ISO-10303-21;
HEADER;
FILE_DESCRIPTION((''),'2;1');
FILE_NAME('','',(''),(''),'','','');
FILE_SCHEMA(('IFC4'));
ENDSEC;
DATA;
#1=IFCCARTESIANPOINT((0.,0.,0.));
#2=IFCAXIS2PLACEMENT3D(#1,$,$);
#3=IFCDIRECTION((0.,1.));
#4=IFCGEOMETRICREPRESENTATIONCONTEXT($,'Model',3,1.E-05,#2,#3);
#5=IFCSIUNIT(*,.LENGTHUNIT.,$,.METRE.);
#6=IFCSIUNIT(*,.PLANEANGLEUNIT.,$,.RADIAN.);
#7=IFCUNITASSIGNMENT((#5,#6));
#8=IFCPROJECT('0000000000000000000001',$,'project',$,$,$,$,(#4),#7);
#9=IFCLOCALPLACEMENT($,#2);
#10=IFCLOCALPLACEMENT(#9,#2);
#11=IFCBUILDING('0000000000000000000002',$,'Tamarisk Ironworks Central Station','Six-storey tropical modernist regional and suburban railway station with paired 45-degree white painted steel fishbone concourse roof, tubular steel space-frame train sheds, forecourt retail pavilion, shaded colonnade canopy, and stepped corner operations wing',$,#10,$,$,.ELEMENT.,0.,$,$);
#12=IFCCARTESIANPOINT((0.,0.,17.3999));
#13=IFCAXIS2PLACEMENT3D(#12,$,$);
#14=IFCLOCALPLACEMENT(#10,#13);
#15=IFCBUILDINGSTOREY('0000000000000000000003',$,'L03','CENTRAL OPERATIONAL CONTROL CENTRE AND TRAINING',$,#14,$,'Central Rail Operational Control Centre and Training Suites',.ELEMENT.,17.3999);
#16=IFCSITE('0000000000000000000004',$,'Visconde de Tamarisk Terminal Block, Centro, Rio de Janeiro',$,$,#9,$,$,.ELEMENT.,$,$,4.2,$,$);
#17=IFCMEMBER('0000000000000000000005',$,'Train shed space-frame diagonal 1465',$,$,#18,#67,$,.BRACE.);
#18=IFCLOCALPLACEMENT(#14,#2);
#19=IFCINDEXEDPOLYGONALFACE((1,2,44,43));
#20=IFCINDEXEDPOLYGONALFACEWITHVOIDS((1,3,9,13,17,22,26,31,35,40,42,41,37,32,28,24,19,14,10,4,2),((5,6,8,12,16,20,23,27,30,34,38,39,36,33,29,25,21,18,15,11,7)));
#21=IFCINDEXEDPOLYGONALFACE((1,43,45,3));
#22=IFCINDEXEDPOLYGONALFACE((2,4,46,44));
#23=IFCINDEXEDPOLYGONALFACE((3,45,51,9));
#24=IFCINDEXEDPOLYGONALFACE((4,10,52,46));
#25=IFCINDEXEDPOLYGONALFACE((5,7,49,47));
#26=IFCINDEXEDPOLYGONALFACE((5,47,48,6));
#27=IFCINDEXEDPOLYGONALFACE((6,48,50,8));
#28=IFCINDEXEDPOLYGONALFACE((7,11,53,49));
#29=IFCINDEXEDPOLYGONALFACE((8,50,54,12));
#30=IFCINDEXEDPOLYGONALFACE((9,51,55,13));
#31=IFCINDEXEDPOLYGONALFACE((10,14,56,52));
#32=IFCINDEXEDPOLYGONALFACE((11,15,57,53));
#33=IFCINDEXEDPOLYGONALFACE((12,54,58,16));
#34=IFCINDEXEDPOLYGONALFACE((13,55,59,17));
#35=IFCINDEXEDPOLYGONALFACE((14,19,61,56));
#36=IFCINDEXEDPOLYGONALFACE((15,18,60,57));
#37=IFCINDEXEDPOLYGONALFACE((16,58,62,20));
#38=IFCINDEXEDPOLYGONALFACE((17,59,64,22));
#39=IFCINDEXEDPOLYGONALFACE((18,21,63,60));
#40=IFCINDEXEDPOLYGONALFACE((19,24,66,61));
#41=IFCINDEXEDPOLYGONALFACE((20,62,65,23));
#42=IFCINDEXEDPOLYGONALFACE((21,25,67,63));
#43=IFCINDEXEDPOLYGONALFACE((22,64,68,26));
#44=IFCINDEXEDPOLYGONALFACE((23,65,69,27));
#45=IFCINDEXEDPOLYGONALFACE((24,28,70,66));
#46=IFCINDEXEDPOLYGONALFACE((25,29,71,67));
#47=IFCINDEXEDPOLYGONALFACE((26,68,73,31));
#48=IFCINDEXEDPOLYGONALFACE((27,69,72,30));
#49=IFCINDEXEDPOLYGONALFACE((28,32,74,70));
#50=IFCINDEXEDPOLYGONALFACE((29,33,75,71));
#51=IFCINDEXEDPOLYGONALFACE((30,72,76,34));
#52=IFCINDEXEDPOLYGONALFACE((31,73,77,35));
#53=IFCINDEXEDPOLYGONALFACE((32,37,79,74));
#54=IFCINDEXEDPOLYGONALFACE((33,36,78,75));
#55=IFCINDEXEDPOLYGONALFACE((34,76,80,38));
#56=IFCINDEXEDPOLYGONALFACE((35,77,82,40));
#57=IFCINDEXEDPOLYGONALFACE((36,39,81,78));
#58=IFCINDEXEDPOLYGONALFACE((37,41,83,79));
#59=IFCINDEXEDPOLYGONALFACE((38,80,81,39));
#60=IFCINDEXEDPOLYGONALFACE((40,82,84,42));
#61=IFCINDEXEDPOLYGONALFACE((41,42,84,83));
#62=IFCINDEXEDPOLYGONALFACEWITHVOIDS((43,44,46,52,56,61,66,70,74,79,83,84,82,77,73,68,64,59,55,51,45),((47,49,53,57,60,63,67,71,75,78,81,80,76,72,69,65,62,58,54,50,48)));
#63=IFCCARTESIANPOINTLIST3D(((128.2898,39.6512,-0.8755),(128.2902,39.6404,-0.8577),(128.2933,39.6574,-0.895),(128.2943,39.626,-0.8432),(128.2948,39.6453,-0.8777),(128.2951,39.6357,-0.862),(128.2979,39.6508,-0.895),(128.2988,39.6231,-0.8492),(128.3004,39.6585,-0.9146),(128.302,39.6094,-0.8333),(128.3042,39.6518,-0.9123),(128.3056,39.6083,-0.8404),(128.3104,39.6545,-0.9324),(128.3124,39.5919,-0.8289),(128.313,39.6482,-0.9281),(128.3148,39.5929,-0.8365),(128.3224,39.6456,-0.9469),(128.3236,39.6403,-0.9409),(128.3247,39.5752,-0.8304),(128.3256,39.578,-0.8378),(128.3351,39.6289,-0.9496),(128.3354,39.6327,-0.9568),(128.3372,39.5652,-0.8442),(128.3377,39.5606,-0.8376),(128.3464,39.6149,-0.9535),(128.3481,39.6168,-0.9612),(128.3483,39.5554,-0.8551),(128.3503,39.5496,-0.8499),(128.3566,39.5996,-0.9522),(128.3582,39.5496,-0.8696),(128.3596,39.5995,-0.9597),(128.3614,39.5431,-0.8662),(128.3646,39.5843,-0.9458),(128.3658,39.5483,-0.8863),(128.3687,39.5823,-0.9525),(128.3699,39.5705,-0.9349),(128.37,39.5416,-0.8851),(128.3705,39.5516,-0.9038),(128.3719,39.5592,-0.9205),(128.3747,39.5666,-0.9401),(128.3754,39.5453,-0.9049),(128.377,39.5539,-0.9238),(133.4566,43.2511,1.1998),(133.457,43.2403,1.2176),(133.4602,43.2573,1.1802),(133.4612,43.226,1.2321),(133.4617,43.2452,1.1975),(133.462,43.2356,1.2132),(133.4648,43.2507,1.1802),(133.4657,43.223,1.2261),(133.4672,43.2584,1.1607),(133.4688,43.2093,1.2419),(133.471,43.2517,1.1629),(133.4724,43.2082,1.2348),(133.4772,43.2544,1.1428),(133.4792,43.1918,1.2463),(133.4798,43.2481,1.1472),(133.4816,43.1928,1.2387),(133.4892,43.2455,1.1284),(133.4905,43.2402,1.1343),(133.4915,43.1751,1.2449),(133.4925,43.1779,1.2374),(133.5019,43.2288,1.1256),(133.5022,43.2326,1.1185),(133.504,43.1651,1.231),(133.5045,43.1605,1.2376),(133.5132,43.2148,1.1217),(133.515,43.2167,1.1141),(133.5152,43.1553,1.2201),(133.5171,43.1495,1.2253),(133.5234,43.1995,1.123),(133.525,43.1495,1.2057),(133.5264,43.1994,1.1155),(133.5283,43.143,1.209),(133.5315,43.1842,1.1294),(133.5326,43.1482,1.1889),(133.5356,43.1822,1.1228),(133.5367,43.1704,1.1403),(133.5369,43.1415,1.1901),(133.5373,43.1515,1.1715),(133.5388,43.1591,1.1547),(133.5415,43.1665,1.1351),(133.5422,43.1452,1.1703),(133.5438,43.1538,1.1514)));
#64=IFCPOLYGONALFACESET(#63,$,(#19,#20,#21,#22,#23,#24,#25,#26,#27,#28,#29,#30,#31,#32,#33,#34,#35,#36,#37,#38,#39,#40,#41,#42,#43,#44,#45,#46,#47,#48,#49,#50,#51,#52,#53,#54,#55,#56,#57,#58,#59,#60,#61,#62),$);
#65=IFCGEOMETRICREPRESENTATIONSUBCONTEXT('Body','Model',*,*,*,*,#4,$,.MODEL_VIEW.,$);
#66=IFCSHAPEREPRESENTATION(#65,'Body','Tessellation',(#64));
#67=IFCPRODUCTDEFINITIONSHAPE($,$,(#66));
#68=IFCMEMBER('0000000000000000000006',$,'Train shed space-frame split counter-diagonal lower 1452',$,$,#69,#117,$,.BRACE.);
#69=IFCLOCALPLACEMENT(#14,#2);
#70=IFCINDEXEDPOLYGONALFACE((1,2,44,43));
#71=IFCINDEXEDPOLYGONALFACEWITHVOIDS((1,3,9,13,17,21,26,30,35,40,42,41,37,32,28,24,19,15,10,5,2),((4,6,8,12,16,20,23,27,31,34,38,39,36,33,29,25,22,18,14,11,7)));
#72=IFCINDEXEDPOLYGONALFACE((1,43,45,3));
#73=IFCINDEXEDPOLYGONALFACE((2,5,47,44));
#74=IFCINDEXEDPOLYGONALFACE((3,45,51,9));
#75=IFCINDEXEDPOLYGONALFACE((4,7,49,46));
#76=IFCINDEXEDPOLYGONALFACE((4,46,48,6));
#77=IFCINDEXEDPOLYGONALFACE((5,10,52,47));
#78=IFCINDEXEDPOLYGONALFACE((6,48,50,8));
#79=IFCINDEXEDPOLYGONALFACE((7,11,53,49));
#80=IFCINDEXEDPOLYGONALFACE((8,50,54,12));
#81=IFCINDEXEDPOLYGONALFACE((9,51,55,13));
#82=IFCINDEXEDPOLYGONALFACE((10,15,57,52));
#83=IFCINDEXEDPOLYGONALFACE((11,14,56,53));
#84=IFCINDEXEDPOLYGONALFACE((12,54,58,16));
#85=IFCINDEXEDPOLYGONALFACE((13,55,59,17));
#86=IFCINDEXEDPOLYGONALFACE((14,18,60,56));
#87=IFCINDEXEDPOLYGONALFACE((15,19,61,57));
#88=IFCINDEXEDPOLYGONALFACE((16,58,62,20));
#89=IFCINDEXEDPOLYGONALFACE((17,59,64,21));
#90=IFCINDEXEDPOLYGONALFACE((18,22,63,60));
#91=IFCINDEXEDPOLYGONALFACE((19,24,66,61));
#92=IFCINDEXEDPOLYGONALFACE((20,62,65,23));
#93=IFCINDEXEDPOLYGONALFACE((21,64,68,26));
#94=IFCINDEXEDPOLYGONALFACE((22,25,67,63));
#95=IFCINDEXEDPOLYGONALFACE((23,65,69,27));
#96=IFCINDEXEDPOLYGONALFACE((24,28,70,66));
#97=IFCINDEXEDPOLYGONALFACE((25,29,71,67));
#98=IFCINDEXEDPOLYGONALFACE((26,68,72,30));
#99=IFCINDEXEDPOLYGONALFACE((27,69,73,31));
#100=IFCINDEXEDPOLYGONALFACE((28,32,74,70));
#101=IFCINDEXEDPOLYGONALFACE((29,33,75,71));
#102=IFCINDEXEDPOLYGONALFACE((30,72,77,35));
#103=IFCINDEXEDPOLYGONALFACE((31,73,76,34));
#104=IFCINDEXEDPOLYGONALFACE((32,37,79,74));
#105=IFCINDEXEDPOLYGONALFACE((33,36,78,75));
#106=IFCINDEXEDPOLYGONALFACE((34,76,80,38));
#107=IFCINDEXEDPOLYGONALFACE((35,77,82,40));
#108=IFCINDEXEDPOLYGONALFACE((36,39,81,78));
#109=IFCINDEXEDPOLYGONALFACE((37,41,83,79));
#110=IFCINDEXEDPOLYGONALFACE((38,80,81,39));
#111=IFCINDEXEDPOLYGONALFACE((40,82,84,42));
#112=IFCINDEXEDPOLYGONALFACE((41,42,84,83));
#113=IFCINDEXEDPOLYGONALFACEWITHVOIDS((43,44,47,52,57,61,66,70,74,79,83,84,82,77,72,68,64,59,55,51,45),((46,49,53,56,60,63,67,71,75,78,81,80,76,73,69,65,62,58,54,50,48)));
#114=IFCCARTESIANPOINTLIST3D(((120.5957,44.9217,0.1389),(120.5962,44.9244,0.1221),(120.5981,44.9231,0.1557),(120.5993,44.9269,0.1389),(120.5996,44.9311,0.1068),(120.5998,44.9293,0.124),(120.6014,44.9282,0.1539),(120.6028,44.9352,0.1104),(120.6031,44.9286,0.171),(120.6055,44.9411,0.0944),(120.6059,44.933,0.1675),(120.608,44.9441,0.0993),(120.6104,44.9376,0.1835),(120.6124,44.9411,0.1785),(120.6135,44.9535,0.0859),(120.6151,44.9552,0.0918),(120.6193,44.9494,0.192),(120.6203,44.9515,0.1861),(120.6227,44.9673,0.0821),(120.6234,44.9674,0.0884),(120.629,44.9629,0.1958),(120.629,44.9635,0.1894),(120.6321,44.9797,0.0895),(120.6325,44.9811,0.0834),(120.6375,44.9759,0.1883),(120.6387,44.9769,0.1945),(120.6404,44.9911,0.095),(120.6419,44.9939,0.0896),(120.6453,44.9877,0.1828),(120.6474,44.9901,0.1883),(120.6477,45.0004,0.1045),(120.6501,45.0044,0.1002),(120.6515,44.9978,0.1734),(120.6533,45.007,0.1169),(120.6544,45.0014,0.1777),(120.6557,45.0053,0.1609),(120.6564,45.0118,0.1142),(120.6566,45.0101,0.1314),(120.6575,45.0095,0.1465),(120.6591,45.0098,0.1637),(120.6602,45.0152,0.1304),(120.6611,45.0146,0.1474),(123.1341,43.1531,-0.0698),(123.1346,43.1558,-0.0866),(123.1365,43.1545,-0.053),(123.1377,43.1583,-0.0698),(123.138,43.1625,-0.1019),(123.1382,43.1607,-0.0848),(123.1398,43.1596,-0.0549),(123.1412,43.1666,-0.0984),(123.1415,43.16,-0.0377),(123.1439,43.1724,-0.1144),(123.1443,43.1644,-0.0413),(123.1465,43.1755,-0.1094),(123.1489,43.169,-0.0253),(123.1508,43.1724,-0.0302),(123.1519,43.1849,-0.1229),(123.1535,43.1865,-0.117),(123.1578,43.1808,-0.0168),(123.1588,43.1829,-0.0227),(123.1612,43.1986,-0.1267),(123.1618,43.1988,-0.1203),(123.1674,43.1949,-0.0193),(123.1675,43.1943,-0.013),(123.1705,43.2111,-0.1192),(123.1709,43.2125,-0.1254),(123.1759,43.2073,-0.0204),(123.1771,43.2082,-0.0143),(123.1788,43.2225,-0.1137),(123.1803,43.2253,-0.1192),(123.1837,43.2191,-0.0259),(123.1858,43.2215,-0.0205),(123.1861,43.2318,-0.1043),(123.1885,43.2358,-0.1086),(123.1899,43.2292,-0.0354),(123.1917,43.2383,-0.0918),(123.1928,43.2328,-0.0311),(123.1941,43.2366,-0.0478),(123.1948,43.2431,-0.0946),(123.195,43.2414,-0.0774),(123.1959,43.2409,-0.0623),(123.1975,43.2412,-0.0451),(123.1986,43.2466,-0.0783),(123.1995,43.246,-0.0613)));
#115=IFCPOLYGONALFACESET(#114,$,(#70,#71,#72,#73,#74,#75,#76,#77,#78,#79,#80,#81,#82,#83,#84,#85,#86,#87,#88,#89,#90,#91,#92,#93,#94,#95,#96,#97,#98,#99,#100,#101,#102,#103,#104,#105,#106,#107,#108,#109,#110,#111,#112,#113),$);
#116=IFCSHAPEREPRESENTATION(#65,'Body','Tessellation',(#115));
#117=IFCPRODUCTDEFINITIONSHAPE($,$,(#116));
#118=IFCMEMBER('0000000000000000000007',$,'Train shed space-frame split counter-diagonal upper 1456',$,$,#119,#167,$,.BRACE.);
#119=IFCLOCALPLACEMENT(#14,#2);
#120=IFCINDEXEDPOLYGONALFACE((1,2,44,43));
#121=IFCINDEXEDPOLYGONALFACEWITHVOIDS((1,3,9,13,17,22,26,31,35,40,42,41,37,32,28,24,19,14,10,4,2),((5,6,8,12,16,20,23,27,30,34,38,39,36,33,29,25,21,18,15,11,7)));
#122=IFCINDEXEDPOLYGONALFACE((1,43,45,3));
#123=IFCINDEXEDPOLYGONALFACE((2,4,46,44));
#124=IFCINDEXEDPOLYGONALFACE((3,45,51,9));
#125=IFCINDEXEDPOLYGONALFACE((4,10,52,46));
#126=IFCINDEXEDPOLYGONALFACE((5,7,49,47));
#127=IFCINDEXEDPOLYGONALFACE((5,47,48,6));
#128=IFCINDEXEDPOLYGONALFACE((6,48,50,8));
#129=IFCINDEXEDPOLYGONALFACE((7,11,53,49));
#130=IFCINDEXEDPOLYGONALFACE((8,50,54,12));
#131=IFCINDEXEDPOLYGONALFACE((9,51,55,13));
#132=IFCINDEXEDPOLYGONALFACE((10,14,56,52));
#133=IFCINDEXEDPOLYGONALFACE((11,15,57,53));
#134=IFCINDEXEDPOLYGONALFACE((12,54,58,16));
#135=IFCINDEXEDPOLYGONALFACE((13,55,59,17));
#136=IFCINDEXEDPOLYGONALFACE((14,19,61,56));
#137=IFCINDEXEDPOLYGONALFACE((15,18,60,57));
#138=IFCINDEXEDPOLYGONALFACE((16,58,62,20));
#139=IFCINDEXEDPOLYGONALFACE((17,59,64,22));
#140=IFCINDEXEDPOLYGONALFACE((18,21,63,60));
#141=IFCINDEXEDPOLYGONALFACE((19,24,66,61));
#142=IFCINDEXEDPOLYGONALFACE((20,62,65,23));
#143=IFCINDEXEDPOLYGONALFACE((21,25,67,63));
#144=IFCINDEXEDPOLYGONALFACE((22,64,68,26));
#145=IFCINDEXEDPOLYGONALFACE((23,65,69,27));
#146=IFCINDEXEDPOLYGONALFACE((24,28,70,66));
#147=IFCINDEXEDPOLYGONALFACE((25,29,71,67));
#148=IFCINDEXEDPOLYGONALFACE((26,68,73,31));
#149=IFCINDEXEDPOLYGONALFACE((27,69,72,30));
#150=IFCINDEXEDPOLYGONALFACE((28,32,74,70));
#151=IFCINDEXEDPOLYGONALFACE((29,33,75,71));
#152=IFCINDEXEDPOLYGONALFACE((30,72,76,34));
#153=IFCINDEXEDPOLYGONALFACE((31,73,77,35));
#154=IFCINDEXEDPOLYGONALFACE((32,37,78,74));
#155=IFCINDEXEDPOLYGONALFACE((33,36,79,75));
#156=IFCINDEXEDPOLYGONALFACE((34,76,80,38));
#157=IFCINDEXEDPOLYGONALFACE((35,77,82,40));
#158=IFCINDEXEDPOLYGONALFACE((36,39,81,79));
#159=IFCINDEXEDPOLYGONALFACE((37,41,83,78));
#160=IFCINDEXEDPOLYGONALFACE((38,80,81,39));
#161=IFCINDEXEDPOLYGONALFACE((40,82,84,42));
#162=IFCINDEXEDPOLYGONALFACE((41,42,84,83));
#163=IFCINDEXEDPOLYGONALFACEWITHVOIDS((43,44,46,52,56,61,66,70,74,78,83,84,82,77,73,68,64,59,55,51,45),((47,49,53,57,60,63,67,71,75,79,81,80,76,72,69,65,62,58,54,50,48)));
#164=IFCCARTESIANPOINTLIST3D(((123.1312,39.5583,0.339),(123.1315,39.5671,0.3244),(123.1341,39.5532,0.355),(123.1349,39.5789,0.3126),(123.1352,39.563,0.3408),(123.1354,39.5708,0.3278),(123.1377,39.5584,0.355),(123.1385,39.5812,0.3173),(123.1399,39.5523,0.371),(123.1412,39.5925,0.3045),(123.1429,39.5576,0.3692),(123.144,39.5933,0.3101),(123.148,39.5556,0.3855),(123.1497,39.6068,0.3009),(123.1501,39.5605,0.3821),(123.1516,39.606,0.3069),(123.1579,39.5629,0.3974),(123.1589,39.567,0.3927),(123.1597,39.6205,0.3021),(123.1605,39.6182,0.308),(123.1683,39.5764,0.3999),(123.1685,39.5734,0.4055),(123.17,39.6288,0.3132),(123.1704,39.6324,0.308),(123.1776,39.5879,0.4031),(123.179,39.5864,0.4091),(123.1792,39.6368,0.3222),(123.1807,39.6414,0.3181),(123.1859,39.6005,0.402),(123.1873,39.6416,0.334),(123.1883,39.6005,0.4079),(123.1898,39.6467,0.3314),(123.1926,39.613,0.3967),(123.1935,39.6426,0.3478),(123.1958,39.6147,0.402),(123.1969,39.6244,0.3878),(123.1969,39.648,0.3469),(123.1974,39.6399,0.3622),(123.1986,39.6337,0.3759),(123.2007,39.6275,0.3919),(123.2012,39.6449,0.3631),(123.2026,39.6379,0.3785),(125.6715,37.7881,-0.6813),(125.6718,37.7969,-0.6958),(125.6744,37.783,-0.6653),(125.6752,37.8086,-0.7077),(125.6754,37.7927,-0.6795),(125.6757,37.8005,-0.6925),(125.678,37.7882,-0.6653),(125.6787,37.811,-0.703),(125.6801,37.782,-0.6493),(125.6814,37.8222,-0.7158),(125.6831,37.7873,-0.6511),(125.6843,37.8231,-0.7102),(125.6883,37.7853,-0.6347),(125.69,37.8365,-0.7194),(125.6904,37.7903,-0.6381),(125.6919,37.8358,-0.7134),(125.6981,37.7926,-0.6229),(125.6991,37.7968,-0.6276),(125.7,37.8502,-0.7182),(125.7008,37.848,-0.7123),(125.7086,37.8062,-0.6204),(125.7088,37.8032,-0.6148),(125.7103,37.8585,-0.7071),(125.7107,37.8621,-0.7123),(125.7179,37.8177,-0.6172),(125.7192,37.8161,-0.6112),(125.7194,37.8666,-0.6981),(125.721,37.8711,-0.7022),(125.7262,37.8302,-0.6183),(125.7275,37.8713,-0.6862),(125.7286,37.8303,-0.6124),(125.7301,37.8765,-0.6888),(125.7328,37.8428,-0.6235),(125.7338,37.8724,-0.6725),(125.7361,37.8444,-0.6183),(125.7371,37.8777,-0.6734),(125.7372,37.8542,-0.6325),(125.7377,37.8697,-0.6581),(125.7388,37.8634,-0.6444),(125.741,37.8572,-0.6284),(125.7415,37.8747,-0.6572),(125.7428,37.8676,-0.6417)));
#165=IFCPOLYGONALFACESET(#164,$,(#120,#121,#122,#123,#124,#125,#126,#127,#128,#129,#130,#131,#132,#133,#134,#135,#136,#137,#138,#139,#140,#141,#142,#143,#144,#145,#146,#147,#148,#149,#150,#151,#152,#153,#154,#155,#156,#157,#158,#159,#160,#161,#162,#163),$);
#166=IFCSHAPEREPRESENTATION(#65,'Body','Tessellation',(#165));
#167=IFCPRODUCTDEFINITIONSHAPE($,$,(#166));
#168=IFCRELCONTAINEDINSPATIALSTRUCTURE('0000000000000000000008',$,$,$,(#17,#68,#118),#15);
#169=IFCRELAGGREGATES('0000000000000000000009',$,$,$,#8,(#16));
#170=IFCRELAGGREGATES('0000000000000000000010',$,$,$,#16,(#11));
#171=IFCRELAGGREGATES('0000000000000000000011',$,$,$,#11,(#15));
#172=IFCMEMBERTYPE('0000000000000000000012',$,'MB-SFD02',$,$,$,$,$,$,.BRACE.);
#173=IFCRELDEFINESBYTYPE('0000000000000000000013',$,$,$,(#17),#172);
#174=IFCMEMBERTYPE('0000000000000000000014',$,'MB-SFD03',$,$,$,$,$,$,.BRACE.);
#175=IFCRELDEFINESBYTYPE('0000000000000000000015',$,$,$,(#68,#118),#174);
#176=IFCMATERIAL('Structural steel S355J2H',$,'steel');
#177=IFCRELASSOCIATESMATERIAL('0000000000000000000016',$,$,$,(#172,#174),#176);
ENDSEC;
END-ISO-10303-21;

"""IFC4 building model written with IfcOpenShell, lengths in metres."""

from ifc_helpers import new_model, si_unit, direction, frame, origin, origin_2d, place, context, subcontext, project, spatial, hollow_circle, extrude, material, material_profile, profile_set, type_object, element, save


model = new_model("IFC4")

# Units and contexts
model_context = context("Model", 3, precision=1e-05, world=origin(), true_north=direction((0.0, 1.0)))
body_context = subcontext(model_context, "Body", "Model", "MODEL_VIEW")
ifc_project = project(units=[si_unit("LENGTHUNIT", "METRE"), si_unit("PLANEANGLEUNIT", "RADIAN")], contexts=[model_context])

# Site, building, storey
site_placement = place(None, origin())
site = spatial("IfcSite", under=ifc_project, at=site_placement, Name="Visconde de Tamarisk Terminal Block, Centro, Rio de Janeiro", CompositionType="ELEMENT", RefElevation=4.2)
building_placement = place(site_placement, origin())
building = spatial("IfcBuilding", under=site, at=building_placement, Name="Tamarisk Ironworks Central Station", Description="Six-storey tropical modernist regional and suburban railway station with paired 45-degree white painted steel fishbone concourse roof, tubular steel space-frame train sheds, forecourt retail pavilion, shaded colonnade canopy, and stepped corner operations wing", CompositionType="ELEMENT", ElevationOfRefHeight=0.0)
storey_placement = place(building_placement, frame((0.0, 0.0, 17.3999)))
storey = spatial("IfcBuildingStorey", under=building, at=storey_placement, Name="L03", Description="CENTRAL OPERATIONAL CONTROL CENTRE AND TRAINING", LongName="Central Rail Operational Control Centre and Training Suites", CompositionType="ELEMENT", Elevation=17.3999)

# Members
ifc_material_1 = material(Name="Structural steel S355J2H", Category="steel")
ifc_material_profile_1 = material_profile(ifc_material_1, hollow_circle(Radius=0.0698, WallThickness=0.0081, at=origin_2d()), Name="CHS 139.7x8")
ifc_profile_set_1 = profile_set([ifc_material_profile_1], Name="Structural steel S355J2H")
member_type_1 = type_object("IfcMemberType", Name="MB-SFD02", PredefinedType="BRACE", material=ifc_profile_set_1)
member_1_placement = place(storey_placement, frame((128.3333, 39.6001, -0.895), z_axis=(0.779265, 0.542941, 0.312987), x_axis=(-0.571663, 0.820489, 0.0)))
element("IfcMember", 1, at=member_1_placement, inside=storey, type_object=member_type_1, Name="Train shed space-frame diagonal 1465", PredefinedType="BRACE", context=body_context, shape_type="SweptSolid", body=[
    extrude(hollow_circle(Radius=0.0698, WallThickness=0.0081, at=origin_2d()), origin(), (0.0, 0.0, 1.0), 6.6304),
])
ifc_material_profile_2 = material_profile(ifc_material_1, hollow_circle(Radius=0.0571, WallThickness=0.0063, at=origin_2d()), Name="CHS 114.3x6.3")
ifc_profile_set_2 = profile_set([ifc_material_profile_2], Name="Structural steel S355J2H")
member_type_2 = type_object("IfcMemberType", Name="MB-SFD03", PredefinedType="BRACE", material=ifc_profile_set_2)
member_2_placement = place(storey_placement, frame((123.1667, 43.2, -0.0698), z_axis=(-0.818625, 0.570369, 0.06732), x_axis=(-0.571666, -0.820487, 0.0)))
element("IfcMember", 2, at=member_2_placement, inside=storey, type_object=member_type_2, Name="Train shed space-frame split counter-diagonal lower 1452", PredefinedType="BRACE", context=body_context, shape_type="SweptSolid", body=[
    extrude(hollow_circle(Radius=0.0571, WallThickness=0.0063, at=origin_2d()), origin(), (0.0, 0.0, 1.0), 3.1008),
])
for number, where, z_axis, x_axis, name in (
    (3, (125.707, 37.8298, -0.6653), (-0.77922, 0.54302, 0.312961), (-0.571741, -0.820434, 0.0), "Train shed space-frame split counter-diagonal upper 1456"),
):
    element("IfcMember", number, at=place(storey_placement, frame(where, z_axis=z_axis, x_axis=x_axis)), inside=storey, type_object=member_type_2, Name=name, PredefinedType="BRACE", context=body_context, shape_type="SweptSolid", body=[
        extrude(hollow_circle(Radius=0.0571, WallThickness=0.0063, at=origin_2d()), origin(), (0.0, 0.0, 1.0), 3.26),
    ])

save(model, "model.ifc")
